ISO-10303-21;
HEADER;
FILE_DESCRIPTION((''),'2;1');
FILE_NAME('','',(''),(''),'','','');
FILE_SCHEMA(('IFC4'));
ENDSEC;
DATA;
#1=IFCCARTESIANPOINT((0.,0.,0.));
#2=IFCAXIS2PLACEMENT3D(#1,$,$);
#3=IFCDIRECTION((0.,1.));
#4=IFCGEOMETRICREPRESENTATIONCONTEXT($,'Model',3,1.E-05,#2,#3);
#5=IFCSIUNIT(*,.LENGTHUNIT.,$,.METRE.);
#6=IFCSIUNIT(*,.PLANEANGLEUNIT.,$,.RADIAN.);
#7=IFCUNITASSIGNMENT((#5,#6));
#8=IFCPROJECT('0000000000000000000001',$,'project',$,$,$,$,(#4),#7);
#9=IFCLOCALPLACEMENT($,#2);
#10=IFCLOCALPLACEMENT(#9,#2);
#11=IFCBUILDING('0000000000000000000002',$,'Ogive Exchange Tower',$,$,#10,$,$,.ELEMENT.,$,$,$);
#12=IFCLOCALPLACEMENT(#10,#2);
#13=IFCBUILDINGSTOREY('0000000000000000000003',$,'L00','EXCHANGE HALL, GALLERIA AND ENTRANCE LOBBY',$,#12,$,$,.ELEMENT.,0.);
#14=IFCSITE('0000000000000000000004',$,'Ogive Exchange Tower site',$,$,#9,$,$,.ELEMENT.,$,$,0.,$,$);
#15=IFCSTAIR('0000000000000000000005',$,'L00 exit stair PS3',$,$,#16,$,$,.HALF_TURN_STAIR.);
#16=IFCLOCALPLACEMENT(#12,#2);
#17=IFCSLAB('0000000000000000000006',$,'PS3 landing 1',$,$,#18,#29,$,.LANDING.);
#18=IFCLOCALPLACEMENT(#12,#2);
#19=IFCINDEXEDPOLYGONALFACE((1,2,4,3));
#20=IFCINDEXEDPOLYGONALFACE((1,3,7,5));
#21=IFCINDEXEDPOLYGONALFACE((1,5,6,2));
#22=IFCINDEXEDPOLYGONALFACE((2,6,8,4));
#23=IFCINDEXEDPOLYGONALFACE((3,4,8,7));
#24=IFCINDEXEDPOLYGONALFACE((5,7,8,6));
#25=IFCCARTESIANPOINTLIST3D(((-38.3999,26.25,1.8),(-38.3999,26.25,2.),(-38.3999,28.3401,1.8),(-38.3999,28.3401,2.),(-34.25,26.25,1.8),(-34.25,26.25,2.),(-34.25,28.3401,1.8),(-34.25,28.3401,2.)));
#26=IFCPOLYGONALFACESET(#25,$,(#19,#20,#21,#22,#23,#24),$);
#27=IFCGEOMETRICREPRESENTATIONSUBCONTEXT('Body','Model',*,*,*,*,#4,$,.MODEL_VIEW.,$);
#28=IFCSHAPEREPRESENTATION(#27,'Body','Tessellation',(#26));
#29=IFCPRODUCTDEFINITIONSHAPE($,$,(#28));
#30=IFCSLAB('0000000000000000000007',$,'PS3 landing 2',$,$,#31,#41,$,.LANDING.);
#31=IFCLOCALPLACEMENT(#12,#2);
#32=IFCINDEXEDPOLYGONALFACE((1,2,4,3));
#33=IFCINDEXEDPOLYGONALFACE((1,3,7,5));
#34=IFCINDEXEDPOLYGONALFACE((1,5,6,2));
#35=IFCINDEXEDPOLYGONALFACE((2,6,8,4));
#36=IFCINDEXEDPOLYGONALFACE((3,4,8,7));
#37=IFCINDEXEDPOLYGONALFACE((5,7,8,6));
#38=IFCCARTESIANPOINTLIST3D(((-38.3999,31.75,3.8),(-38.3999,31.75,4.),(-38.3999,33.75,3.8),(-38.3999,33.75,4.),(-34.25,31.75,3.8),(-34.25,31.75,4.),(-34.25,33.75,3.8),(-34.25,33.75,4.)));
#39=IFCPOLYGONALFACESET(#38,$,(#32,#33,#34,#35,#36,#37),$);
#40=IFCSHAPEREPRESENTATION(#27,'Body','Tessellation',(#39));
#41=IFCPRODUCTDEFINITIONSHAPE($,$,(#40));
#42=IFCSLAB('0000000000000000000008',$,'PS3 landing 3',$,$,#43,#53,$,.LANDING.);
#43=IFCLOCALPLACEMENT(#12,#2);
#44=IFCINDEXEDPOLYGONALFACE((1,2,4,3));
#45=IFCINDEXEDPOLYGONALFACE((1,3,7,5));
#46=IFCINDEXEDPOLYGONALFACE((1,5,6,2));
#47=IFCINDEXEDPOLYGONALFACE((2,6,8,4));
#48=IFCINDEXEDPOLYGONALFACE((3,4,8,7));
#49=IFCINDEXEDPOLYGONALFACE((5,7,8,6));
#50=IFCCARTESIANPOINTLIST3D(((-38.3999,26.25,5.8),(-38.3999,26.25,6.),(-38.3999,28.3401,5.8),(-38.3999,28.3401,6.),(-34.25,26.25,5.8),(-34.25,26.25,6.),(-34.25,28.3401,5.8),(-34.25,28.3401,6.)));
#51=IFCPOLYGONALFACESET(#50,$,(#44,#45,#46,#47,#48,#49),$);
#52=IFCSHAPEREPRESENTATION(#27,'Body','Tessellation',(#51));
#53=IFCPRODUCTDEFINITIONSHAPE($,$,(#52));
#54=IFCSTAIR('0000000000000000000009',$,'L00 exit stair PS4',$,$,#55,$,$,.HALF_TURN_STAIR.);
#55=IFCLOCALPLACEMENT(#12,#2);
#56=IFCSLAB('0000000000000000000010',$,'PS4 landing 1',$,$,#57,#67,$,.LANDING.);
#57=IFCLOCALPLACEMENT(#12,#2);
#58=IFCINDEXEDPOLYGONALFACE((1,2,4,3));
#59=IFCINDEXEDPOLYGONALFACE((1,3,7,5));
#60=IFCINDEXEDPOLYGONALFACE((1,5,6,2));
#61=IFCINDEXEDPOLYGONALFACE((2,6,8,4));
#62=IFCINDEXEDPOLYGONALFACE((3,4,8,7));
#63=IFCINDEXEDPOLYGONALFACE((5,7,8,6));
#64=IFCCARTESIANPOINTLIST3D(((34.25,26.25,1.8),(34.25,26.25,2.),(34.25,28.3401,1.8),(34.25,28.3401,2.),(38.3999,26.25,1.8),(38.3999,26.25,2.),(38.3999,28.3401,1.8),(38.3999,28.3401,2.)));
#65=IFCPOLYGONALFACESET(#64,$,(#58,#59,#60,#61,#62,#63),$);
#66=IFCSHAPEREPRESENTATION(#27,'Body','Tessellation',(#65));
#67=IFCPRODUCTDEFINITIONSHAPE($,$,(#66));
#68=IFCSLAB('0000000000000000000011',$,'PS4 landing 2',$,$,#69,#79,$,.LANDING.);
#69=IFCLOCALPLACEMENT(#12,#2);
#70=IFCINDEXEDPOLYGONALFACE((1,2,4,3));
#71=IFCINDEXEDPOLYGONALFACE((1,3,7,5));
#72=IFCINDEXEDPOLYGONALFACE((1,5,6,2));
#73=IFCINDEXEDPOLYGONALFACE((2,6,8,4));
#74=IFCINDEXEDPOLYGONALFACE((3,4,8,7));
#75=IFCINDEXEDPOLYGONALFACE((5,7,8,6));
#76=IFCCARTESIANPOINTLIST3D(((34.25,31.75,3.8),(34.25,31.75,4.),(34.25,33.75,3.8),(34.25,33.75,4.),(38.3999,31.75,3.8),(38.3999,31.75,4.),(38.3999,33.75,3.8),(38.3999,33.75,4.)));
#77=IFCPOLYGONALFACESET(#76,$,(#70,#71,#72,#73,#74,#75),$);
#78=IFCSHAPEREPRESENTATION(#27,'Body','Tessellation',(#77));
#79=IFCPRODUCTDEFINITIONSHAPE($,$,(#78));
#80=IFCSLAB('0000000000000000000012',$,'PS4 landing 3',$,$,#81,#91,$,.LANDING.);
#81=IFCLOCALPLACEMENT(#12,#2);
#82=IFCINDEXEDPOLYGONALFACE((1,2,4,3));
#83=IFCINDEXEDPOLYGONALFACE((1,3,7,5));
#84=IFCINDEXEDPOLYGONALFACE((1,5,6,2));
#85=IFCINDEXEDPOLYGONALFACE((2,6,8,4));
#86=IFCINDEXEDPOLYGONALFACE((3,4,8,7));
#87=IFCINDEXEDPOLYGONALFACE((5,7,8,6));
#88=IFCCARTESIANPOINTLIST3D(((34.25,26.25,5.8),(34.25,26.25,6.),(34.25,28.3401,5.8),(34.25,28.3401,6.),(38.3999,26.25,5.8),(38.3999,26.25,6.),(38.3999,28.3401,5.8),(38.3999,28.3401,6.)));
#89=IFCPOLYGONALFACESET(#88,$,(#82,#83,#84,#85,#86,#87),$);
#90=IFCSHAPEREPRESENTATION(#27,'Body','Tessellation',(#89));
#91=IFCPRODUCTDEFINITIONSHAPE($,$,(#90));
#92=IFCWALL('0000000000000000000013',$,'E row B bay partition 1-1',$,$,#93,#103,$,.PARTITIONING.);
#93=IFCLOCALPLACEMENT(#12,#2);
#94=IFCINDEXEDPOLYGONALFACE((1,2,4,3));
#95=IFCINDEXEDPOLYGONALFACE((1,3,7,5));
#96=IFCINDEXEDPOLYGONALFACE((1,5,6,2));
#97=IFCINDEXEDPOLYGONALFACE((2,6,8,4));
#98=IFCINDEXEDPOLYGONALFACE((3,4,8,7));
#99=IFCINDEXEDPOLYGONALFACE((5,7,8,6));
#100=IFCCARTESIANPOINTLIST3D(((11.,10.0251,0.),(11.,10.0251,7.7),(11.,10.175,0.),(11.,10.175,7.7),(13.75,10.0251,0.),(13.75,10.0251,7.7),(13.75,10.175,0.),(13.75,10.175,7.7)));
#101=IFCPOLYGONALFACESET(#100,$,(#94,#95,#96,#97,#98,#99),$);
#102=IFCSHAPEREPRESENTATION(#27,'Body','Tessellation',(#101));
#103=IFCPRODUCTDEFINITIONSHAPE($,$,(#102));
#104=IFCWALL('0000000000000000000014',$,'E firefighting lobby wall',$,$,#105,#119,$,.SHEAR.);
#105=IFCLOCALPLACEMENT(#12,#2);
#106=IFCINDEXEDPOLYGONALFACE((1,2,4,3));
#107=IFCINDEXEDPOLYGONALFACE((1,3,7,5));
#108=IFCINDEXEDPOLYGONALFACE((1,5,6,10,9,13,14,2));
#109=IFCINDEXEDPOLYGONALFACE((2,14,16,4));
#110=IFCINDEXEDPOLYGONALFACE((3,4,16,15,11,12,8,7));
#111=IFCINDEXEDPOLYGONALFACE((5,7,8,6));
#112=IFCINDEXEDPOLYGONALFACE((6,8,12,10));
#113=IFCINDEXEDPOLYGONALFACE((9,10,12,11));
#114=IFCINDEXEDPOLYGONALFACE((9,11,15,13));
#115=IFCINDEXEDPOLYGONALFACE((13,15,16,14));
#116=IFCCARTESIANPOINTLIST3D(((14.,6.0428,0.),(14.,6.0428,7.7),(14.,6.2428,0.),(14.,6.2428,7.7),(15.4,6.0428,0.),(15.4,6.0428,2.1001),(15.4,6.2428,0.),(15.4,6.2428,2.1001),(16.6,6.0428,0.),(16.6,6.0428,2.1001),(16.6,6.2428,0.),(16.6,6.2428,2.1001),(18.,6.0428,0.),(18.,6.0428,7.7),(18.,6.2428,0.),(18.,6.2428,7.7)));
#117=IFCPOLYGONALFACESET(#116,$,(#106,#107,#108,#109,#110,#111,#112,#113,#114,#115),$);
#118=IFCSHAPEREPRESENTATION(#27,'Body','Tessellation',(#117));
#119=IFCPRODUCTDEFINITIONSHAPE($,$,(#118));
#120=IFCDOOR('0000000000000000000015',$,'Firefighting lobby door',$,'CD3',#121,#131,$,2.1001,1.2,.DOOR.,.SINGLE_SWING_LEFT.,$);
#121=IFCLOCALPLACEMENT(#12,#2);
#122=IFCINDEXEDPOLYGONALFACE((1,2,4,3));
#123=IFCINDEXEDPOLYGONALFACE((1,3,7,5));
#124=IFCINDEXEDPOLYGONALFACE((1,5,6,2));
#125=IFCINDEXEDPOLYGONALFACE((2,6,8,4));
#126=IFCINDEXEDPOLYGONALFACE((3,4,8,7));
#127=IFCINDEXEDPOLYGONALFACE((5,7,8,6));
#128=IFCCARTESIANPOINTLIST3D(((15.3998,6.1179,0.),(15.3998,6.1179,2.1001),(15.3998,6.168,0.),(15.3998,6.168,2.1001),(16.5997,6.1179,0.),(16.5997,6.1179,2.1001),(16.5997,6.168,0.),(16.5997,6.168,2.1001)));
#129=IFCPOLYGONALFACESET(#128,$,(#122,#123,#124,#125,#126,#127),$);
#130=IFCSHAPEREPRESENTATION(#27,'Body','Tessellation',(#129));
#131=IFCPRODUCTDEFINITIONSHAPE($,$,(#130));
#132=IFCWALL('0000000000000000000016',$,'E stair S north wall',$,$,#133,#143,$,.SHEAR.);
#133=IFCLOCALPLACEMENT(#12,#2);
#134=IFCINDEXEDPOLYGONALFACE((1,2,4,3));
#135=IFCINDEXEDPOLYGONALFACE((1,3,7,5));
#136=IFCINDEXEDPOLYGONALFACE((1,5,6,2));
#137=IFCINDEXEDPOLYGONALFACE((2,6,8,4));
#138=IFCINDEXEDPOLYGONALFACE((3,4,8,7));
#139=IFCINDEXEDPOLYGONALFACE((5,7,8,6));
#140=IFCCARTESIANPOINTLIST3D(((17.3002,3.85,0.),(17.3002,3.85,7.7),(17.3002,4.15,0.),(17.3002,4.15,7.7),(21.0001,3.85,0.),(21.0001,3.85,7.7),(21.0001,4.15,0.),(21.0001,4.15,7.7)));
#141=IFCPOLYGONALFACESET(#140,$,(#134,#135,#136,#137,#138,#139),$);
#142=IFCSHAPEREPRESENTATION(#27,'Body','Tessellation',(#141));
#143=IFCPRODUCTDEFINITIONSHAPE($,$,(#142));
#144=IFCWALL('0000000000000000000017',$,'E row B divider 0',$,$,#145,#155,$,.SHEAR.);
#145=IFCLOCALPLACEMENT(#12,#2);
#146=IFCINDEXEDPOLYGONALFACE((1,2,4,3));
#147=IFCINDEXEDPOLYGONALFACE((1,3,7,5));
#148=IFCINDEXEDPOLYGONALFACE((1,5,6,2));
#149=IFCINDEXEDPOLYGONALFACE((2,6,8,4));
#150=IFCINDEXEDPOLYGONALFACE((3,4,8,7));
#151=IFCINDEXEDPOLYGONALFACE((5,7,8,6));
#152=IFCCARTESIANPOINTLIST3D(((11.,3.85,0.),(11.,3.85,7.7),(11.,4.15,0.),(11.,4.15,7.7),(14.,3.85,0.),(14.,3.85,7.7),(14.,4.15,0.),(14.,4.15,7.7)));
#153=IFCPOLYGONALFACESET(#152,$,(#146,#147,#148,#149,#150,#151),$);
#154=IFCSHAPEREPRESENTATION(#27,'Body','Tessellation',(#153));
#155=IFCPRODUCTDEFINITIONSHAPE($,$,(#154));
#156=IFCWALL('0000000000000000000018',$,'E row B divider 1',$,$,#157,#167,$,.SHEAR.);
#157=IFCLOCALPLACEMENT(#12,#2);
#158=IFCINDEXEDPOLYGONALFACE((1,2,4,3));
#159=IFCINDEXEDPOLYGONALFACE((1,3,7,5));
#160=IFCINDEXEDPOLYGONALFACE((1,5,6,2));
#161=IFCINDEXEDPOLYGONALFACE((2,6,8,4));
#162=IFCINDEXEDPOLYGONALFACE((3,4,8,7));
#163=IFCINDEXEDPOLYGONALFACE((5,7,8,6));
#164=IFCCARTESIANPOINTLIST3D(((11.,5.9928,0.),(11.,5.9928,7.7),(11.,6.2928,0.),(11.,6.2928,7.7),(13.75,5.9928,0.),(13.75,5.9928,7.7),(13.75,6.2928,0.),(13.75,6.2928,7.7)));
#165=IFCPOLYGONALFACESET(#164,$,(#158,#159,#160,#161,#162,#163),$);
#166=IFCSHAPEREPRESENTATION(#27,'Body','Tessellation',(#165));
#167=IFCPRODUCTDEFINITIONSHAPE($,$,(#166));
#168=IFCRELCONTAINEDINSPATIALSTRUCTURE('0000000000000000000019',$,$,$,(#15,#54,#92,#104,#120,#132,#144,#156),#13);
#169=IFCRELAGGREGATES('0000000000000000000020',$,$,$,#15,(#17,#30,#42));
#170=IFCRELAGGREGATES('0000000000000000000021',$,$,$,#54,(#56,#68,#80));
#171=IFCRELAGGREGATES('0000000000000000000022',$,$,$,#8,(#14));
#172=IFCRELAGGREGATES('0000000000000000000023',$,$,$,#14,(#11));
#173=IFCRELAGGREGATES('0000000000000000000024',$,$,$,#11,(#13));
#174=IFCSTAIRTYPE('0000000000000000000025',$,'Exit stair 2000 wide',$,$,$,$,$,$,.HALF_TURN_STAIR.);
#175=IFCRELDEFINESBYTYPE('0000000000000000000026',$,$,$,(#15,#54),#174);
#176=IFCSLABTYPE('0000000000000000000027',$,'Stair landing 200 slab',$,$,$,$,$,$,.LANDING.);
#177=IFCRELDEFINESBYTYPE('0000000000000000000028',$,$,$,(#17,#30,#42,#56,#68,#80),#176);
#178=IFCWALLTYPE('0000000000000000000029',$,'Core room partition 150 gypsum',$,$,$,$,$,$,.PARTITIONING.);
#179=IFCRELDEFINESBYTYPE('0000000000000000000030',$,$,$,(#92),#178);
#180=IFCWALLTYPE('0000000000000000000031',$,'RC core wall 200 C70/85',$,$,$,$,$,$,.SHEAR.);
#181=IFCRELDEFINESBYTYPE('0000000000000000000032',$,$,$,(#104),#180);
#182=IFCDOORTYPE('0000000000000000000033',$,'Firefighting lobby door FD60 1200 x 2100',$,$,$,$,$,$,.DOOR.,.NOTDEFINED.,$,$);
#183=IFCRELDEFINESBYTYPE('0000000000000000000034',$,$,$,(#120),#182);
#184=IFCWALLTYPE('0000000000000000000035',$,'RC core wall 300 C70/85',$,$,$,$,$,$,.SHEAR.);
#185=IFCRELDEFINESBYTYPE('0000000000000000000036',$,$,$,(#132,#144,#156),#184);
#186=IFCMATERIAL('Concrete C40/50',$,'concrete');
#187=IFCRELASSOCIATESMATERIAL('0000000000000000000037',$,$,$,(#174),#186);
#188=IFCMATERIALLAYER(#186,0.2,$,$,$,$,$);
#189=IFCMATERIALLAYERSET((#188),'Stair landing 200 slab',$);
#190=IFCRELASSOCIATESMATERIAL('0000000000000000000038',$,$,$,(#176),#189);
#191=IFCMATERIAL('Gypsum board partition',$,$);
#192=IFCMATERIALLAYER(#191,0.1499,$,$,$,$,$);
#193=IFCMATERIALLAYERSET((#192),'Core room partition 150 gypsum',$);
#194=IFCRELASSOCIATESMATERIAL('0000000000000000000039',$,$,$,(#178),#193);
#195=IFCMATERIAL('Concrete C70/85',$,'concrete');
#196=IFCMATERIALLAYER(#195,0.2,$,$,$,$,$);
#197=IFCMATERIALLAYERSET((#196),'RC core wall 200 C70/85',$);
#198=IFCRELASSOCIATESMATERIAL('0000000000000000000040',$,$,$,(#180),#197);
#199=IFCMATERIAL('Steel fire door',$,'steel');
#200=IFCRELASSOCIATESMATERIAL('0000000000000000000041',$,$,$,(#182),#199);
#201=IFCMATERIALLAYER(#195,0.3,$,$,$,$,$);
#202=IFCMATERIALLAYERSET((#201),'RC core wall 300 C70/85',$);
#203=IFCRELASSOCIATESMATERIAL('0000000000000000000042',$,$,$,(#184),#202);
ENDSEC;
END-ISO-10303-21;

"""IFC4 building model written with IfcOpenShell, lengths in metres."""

from ifc_helpers import new_model, si_unit, direction, frame, frame_2d, origin, place, context, subcontext, project, spatial, polyline, rectangle, outline, extrude, material, layer, layer_set, type_object, element, fill, aggregate, save


model = new_model("IFC4")

# Units and contexts
model_context = context("Model", 3, precision=1e-05, world=origin(), true_north=direction((0.0, 1.0)))
body_context = subcontext(model_context, "Body", "Model", "MODEL_VIEW")
ifc_project = project(units=[si_unit("LENGTHUNIT", "METRE"), si_unit("PLANEANGLEUNIT", "RADIAN")], contexts=[model_context])

# Site, building, storey
site_placement = place(None, origin())
site = spatial("IfcSite", under=ifc_project, at=site_placement, Name="Ogive Exchange Tower site", CompositionType="ELEMENT", RefElevation=0.0)
building_placement = place(site_placement, origin())
building = spatial("IfcBuilding", under=site, at=building_placement, Name="Ogive Exchange Tower", CompositionType="ELEMENT")
storey_placement = place(building_placement, origin())
storey = spatial("IfcBuildingStorey", under=building, at=storey_placement, Name="L00", Description="EXCHANGE HALL, GALLERIA AND ENTRANCE LOBBY", CompositionType="ELEMENT", Elevation=0.0)

# Stairs, slabs
ifc_material_1 = material(Name="Concrete C40/50", Category="concrete")
stair_type = type_object("IfcStairType", Name="Exit stair 2000 wide", PredefinedType="HALF_TURN_STAIR", material=ifc_material_1)
stair_1_placement = place(storey_placement, origin())
stair_1 = element("IfcStair", 1, at=stair_1_placement, inside=storey, type_object=stair_type, Name="L00 exit stair PS3", PredefinedType="HALF_TURN_STAIR")
ifc_layer_1 = layer(ifc_material_1, 0.2)
ifc_layer_set_1 = layer_set([ifc_layer_1], Name="Stair landing 200 slab")
slab_type = type_object("IfcSlabType", Name="Stair landing 200 slab", PredefinedType="LANDING", material=ifc_layer_set_1)
slab_1_placement = place(storey_placement, frame((0.0, 0.0, 1.8)))
slab_1 = element("IfcSlab", 2, at=slab_1_placement, type_object=slab_type, Name="PS3 landing 1", PredefinedType="LANDING", context=body_context, shape_type="SweptSolid", body=[
    extrude(outline(polyline([(-38.3999, 28.3401), (-38.3999, 26.25), (-34.25, 26.25), (-34.25, 28.3401), (-38.3999, 28.3401)])), origin(), (0.0, 0.0, 1.0), 0.2),
])
slab_2_placement = place(storey_placement, frame((0.0, 0.0, 3.8)))
slab_2 = element("IfcSlab", 3, at=slab_2_placement, type_object=slab_type, Name="PS3 landing 2", PredefinedType="LANDING", context=body_context, shape_type="SweptSolid", body=[
    extrude(outline(polyline([(-38.3999, 33.75), (-38.3999, 31.75), (-34.25, 31.75), (-34.25, 33.75), (-38.3999, 33.75)])), origin(), (0.0, 0.0, 1.0), 0.2),
])
slab_3_placement = place(storey_placement, frame((0.0, 0.0, 5.8)))
slab_3 = element("IfcSlab", 4, at=slab_3_placement, type_object=slab_type, Name="PS3 landing 3", PredefinedType="LANDING", context=body_context, shape_type="SweptSolid", body=[
    extrude(outline(polyline([(-38.3999, 28.3401), (-38.3999, 26.25), (-34.25, 26.25), (-34.25, 28.3401), (-38.3999, 28.3401)])), origin(), (0.0, 0.0, 1.0), 0.2),
])
aggregate(stair_1, [slab_1, slab_2, slab_3])
stair_2_placement = place(storey_placement, origin())
stair_2 = element("IfcStair", 5, at=stair_2_placement, inside=storey, type_object=stair_type, Name="L00 exit stair PS4", PredefinedType="HALF_TURN_STAIR")
slab_4_placement = place(storey_placement, frame((0.0, 0.0, 1.8)))
slab_4 = element("IfcSlab", 6, at=slab_4_placement, type_object=slab_type, Name="PS4 landing 1", PredefinedType="LANDING", context=body_context, shape_type="SweptSolid", body=[
    extrude(outline(polyline([(34.25, 28.3401), (34.25, 26.25), (38.3999, 26.25), (38.3999, 28.3401), (34.25, 28.3401)])), origin(), (0.0, 0.0, 1.0), 0.2),
])
slab_5_placement = place(storey_placement, frame((0.0, 0.0, 3.8)))
slab_5 = element("IfcSlab", 7, at=slab_5_placement, type_object=slab_type, Name="PS4 landing 2", PredefinedType="LANDING", context=body_context, shape_type="SweptSolid", body=[
    extrude(outline(polyline([(34.25, 33.75), (34.25, 31.75), (38.3999, 31.75), (38.3999, 33.75), (34.25, 33.75)])), origin(), (0.0, 0.0, 1.0), 0.2),
])
slab_6_placement = place(storey_placement, frame((0.0, 0.0, 5.8)))
slab_6 = element("IfcSlab", 8, at=slab_6_placement, type_object=slab_type, Name="PS4 landing 3", PredefinedType="LANDING", context=body_context, shape_type="SweptSolid", body=[
    extrude(outline(polyline([(34.25, 28.3401), (34.25, 26.25), (38.3999, 26.25), (38.3999, 28.3401), (34.25, 28.3401)])), origin(), (0.0, 0.0, 1.0), 0.2),
])
aggregate(stair_2, [slab_4, slab_5, slab_6])

# Wall
ifc_material_2 = material(Name="Gypsum board partition")
ifc_layer_2 = layer(ifc_material_2, 0.1499)
ifc_layer_set_2 = layer_set([ifc_layer_2], Name="Core room partition 150 gypsum")
wall_type_1 = type_object("IfcWallType", Name="Core room partition 150 gypsum", PredefinedType="PARTITIONING", material=ifc_layer_set_2)
wall_1_placement = place(storey_placement, frame((11.0, 10.1001, 0.0), z_axis=(0.0, 0.0, 1.0), x_axis=(1.0, 0.0, 0.0)))
element("IfcWall", 9, at=wall_1_placement, inside=storey, type_object=wall_type_1, Name="E row B bay partition 1-1", PredefinedType="PARTITIONING", context=body_context, shape_type="SweptSolid", body=[
    extrude(rectangle(XDim=2.75, YDim=0.1499, at=frame_2d((1.375, 0.0))), origin(), (0.0, 0.0, 1.0), 7.7),
])

# Wall, opening, door
ifc_material_3 = material(Name="Concrete C70/85", Category="concrete")
ifc_layer_3 = layer(ifc_material_3, 0.2)
ifc_layer_set_3 = layer_set([ifc_layer_3], Name="RC core wall 200 C70/85")
wall_type_2 = type_object("IfcWallType", Name="RC core wall 200 C70/85", PredefinedType="SHEAR", material=ifc_layer_set_3)
wall_2_placement = place(storey_placement, frame((14.0, 6.1428, 0.0), z_axis=(0.0, 0.0, 1.0), x_axis=(1.0, 0.0, 0.0)))
wall_2 = element("IfcWall", 10, at=wall_2_placement, inside=storey, type_object=wall_type_2, Name="E firefighting lobby wall", PredefinedType="SHEAR", context=body_context, shape_type="SweptSolid", body=[
    extrude(rectangle(XDim=4.0, YDim=0.2, at=frame_2d((2.0, 0.0))), origin(), (0.0, 0.0, 1.0), 7.7),
])
opening_placement = place(wall_2_placement, frame((1.3999, 0.0, 0.0)))
opening = element("IfcOpeningElement", 11, at=opening_placement, cuts=wall_2, PredefinedType="OPENING", context=body_context, shape_type="SweptSolid", body=[
    extrude(rectangle(XDim=1.2, YDim=2.1001, at=frame_2d((0.6001, 1.05))), frame((0.0, 0.1099, 0.0), z_axis=(0.0, -1.0, 0.0), x_axis=(1.0, 0.0, 0.0)), (0.0, 0.0, 1.0), 0.22),
])
ifc_material_4 = material(Name="Steel fire door", Category="steel")
door_type = type_object("IfcDoorType", Name="Firefighting lobby door FD60 1200 x 2100", OperationType="NOTDEFINED", PredefinedType="DOOR", material=ifc_material_4)
door_placement = place(opening_placement, frame((1.2, 0.0, 0.0), z_axis=(0.0, 0.0, 1.0), x_axis=(-1.0, 0.0, 0.0)))
door = element("IfcDoor", 12, at=door_placement, inside=storey, type_object=door_type, Name="Firefighting lobby door", ObjectType="CD3", OperationType="SINGLE_SWING_LEFT", OverallHeight=2.1001, OverallWidth=1.2, PredefinedType="DOOR", context=body_context, shape_type="SweptSolid", body=[
    extrude(rectangle(XDim=1.2, YDim=2.1001, at=frame_2d((0.6001, 1.05))), frame((0.0, 0.0249, 0.0), z_axis=(0.0, -1.0, 0.0), x_axis=(1.0, 0.0, 0.0)), (0.0, 0.0, 1.0), 0.05),
])
fill(opening, door)

# Walls
ifc_layer_4 = layer(ifc_material_3, 0.3)
ifc_layer_set_4 = layer_set([ifc_layer_4], Name="RC core wall 300 C70/85")
wall_type_3 = type_object("IfcWallType", Name="RC core wall 300 C70/85", PredefinedType="SHEAR", material=ifc_layer_set_4)
wall_3_placement = place(storey_placement, frame((17.3, 4.0, 0.0), z_axis=(0.0, 0.0, 1.0), x_axis=(1.0, 0.0, 0.0)))
element("IfcWall", 13, at=wall_3_placement, inside=storey, type_object=wall_type_3, Name="E stair S north wall", PredefinedType="SHEAR", context=body_context, shape_type="SweptSolid", body=[
    extrude(rectangle(XDim=3.7, YDim=0.3, at=frame_2d((1.8501, 0.0))), origin(), (0.0, 0.0, 1.0), 7.7),
])
wall_4_placement = place(storey_placement, frame((11.0, 4.0, 0.0), z_axis=(0.0, 0.0, 1.0), x_axis=(1.0, 0.0, 0.0)))
element("IfcWall", 14, at=wall_4_placement, inside=storey, type_object=wall_type_3, Name="E row B divider 0", PredefinedType="SHEAR", context=body_context, shape_type="SweptSolid", body=[
    extrude(rectangle(XDim=3.0, YDim=0.3, at=frame_2d((1.5, 0.0))), origin(), (0.0, 0.0, 1.0), 7.7),
])
wall_5_placement = place(storey_placement, frame((11.0, 6.1428, 0.0), z_axis=(0.0, 0.0, 1.0), x_axis=(1.0, 0.0, 0.0)))
element("IfcWall", 15, at=wall_5_placement, inside=storey, type_object=wall_type_3, Name="E row B divider 1", PredefinedType="SHEAR", context=body_context, shape_type="SweptSolid", body=[
    extrude(rectangle(XDim=2.75, YDim=0.3, at=frame_2d((1.375, 0.0))), origin(), (0.0, 0.0, 1.0), 7.7),
])

save(model, "model.ifc")
